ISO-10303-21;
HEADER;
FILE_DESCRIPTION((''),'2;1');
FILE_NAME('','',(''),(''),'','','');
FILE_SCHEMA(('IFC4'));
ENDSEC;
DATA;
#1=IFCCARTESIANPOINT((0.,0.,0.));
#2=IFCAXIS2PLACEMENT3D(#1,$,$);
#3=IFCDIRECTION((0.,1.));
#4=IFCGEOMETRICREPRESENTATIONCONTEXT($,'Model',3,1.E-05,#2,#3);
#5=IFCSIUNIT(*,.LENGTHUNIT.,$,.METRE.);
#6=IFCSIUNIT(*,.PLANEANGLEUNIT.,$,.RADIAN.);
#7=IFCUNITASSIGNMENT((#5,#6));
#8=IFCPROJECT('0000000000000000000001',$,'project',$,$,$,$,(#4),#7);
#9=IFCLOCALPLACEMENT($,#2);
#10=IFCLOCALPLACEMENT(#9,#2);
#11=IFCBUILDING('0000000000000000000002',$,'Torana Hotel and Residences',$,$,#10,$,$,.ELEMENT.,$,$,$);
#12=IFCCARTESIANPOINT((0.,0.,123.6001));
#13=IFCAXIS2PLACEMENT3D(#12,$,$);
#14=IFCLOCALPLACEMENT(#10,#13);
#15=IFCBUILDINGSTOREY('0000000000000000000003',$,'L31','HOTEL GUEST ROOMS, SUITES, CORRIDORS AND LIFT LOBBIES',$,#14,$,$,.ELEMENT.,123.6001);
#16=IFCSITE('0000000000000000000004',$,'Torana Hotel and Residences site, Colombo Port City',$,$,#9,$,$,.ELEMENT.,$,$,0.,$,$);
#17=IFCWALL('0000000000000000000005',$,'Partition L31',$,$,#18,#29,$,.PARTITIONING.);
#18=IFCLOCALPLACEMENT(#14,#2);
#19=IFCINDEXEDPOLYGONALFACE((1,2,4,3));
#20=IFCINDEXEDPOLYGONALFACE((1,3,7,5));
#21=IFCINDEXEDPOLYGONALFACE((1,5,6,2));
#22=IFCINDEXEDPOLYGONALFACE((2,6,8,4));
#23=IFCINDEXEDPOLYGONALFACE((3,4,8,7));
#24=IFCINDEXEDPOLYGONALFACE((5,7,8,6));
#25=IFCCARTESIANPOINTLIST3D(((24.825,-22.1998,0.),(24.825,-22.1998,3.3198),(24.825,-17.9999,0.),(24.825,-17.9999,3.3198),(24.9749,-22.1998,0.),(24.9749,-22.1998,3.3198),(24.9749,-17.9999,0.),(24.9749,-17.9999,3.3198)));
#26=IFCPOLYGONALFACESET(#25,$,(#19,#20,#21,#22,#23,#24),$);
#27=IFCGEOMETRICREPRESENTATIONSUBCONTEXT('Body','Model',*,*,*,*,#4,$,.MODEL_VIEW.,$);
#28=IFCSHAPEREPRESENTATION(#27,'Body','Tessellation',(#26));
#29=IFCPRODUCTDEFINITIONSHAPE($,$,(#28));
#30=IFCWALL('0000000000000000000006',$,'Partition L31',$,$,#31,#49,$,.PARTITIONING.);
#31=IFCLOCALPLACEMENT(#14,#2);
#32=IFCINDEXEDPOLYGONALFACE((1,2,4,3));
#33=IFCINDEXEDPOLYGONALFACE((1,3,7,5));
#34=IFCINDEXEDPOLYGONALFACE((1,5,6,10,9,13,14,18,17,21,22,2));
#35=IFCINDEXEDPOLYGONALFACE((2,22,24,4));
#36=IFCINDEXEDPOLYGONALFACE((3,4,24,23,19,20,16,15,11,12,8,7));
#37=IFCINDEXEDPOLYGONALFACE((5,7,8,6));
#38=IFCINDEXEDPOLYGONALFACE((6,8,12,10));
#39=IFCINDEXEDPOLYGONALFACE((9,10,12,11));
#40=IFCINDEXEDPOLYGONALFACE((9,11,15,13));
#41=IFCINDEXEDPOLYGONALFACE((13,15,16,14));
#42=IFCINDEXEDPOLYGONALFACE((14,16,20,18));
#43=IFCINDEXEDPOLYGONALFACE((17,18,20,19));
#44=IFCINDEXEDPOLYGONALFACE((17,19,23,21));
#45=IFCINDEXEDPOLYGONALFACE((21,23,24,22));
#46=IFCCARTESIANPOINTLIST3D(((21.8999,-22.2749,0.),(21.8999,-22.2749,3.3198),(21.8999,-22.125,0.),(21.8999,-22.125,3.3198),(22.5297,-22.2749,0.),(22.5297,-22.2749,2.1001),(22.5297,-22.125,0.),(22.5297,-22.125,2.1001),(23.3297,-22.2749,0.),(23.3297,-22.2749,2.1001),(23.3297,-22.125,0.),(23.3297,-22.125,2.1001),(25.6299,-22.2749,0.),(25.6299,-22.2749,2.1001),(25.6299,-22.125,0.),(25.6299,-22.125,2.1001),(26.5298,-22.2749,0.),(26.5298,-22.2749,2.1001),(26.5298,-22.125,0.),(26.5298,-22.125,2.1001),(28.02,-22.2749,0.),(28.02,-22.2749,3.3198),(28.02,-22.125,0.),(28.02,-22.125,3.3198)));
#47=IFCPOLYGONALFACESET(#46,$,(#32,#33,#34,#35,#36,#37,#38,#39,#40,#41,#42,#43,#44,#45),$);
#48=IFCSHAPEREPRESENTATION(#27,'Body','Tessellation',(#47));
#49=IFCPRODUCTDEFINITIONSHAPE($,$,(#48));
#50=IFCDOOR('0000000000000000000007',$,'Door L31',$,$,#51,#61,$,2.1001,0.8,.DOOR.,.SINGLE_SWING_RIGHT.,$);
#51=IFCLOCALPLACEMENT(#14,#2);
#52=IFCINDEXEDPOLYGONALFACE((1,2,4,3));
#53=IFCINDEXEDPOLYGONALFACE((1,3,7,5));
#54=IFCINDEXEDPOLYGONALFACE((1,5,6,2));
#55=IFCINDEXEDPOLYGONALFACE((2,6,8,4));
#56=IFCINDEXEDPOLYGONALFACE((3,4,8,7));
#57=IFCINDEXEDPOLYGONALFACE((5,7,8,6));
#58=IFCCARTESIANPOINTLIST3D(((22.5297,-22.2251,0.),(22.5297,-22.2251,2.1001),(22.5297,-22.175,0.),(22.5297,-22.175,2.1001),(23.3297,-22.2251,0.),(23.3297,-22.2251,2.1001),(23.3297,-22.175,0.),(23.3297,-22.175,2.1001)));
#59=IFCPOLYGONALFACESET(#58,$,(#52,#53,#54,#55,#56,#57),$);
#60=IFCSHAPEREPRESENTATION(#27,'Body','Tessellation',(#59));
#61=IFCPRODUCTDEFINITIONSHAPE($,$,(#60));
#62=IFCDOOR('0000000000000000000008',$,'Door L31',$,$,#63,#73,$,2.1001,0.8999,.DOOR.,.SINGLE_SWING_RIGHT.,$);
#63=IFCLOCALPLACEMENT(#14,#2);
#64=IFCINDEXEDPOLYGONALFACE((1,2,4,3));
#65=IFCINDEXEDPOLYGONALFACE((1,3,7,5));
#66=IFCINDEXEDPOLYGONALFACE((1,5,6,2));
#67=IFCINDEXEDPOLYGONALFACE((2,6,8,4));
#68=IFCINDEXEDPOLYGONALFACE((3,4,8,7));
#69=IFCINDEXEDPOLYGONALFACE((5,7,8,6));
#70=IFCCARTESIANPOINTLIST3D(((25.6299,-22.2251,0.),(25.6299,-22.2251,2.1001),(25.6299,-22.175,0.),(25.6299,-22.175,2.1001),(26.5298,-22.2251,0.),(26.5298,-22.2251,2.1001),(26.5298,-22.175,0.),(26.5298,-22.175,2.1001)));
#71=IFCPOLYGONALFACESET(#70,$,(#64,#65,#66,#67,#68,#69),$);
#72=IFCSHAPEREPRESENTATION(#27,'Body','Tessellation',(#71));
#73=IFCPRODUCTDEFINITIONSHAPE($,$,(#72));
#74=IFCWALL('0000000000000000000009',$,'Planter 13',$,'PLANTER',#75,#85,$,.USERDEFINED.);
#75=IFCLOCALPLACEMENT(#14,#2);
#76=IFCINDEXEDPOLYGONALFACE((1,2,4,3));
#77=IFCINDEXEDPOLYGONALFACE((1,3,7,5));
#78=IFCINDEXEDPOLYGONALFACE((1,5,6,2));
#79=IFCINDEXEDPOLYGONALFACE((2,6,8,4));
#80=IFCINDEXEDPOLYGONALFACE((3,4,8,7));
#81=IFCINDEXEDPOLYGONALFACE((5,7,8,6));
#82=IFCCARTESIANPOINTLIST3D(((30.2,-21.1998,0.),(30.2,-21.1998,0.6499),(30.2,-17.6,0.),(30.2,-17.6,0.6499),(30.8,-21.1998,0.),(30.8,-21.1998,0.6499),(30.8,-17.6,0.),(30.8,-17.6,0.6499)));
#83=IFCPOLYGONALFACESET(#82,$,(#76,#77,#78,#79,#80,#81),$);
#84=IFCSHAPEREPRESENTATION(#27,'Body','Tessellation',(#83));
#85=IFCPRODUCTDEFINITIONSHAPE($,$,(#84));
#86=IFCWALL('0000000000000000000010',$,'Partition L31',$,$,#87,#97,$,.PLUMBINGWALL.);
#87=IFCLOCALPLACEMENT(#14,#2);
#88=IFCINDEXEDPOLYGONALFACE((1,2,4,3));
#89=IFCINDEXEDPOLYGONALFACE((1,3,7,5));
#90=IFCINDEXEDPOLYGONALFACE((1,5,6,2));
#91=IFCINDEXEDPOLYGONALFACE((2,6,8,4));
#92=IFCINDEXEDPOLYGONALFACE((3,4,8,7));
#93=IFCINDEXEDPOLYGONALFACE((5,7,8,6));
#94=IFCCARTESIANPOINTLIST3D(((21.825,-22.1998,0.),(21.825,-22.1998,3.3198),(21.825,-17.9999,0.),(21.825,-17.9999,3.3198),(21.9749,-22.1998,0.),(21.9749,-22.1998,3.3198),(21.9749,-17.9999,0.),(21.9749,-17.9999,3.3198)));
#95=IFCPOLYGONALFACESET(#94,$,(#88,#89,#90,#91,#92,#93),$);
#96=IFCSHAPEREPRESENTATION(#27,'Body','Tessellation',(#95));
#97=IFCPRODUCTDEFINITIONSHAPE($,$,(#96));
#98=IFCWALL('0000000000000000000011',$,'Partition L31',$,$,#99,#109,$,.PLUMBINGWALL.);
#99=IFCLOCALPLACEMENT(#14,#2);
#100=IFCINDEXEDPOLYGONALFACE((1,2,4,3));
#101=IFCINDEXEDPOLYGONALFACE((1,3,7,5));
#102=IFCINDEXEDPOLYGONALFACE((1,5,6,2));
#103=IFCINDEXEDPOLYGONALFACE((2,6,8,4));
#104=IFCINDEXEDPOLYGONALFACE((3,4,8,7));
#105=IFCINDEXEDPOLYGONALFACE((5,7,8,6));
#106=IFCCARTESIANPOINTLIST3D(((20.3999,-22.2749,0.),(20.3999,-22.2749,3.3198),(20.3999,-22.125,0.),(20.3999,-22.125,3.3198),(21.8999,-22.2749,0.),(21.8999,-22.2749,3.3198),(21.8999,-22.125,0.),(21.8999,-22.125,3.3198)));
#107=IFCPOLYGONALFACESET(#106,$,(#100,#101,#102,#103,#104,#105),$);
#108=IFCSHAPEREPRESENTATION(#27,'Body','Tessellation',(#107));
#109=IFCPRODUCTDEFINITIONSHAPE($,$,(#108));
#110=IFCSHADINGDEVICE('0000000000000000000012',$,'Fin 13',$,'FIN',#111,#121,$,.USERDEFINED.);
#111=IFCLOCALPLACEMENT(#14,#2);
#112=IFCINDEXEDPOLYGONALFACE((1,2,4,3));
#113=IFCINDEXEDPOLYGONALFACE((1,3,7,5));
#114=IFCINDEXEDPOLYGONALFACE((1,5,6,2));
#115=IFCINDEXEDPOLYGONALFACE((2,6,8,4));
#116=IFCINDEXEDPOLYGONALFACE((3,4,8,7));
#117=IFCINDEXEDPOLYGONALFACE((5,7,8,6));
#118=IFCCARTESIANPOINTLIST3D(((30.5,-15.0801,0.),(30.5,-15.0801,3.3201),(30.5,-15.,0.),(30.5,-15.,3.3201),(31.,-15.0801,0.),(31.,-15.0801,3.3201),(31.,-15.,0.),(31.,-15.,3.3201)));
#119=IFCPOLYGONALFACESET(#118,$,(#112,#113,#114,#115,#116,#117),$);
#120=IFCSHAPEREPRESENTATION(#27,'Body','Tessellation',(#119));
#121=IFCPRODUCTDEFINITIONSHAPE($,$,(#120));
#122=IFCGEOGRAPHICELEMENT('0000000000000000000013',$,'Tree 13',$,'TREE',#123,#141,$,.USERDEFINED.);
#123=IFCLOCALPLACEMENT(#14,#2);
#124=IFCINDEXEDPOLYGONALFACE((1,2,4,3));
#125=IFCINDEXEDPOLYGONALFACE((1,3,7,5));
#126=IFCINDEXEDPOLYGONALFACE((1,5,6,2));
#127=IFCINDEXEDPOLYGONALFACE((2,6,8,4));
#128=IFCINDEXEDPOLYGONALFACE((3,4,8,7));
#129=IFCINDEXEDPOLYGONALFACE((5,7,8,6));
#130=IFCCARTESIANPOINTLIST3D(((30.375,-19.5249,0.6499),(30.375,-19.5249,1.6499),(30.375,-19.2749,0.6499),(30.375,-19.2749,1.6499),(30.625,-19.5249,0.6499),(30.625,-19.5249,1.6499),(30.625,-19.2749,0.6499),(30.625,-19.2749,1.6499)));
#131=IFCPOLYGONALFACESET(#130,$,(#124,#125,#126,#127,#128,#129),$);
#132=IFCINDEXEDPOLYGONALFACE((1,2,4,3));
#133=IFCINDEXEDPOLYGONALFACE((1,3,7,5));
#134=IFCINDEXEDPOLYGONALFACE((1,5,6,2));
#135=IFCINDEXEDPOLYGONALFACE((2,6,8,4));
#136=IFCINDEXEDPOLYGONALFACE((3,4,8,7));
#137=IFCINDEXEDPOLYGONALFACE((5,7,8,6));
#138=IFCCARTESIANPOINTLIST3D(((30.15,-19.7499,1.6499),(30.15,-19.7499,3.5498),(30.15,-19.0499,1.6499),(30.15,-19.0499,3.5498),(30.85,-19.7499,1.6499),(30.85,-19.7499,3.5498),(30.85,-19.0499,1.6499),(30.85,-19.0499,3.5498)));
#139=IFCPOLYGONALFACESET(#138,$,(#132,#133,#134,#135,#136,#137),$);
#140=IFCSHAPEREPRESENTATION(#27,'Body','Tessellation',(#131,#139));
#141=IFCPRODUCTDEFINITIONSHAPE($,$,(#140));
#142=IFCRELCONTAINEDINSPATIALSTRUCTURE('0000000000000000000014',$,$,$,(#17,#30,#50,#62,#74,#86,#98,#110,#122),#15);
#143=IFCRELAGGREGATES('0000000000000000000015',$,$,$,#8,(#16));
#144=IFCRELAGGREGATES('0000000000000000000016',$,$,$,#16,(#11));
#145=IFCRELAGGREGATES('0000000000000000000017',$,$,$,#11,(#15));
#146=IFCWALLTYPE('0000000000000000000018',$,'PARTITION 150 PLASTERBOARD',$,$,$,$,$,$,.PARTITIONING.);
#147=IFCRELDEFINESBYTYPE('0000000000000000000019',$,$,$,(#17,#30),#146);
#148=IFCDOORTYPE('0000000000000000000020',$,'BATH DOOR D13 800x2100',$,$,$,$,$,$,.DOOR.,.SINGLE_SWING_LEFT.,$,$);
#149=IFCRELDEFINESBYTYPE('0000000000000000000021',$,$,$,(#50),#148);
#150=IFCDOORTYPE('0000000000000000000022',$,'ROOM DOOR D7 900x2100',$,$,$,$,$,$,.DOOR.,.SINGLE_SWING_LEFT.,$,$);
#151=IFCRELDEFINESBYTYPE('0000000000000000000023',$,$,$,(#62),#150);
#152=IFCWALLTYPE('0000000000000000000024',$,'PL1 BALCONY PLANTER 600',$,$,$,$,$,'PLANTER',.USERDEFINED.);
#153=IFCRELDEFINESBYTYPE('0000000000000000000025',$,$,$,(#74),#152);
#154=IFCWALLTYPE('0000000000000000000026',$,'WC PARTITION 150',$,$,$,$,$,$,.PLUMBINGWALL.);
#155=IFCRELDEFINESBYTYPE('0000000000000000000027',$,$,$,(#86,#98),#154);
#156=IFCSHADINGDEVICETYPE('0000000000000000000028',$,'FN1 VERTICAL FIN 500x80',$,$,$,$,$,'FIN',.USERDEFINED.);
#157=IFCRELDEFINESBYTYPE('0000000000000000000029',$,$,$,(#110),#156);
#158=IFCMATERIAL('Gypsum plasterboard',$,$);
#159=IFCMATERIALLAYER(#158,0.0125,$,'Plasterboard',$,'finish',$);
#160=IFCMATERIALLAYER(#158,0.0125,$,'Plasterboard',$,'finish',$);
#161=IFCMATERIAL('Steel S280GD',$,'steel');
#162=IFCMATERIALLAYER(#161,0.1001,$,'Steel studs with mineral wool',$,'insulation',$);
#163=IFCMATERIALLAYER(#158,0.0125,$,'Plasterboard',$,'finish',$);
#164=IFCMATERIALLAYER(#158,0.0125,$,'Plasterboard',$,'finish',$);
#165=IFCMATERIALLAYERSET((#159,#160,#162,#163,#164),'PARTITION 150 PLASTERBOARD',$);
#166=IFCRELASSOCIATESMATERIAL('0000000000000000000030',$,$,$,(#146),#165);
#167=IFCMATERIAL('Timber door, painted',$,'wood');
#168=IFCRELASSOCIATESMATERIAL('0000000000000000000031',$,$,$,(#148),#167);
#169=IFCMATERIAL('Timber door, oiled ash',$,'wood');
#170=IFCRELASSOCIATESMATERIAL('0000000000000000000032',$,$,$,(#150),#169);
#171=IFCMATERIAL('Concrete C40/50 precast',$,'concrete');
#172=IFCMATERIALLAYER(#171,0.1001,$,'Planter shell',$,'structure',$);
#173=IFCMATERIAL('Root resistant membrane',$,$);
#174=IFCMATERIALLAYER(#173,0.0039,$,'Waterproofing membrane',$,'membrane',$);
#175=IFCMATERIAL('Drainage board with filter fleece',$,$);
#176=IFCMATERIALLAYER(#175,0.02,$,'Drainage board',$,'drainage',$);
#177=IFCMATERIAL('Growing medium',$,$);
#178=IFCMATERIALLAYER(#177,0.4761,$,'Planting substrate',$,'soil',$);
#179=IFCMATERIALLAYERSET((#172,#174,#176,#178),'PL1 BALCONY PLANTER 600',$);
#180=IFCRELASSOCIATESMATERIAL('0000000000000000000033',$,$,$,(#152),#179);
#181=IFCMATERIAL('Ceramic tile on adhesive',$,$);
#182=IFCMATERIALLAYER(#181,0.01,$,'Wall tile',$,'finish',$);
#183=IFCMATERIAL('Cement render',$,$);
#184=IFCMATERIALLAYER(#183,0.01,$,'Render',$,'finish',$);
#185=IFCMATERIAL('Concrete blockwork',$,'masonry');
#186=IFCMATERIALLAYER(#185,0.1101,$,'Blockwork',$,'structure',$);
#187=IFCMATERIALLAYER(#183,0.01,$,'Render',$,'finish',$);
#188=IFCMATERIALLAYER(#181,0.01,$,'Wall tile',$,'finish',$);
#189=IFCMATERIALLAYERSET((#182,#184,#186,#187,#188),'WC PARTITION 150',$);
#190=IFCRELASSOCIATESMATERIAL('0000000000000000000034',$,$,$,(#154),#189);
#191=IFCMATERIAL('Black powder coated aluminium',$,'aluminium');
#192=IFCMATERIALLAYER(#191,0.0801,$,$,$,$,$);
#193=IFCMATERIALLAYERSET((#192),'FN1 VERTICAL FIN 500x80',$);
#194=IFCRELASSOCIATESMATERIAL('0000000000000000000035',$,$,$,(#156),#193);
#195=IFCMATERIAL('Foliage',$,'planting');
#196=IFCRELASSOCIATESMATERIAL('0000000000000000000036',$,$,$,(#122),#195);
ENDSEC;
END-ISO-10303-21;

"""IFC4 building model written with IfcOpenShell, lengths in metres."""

from ifc_helpers import new_model, si_unit, direction, frame, frame_2d, origin, origin_2d, place, context, subcontext, project, spatial, rectangle, extrude, material, layer, layer_set, type_object, element, fill, save


model = new_model("IFC4")

# Units and contexts
model_context = context("Model", 3, precision=1e-05, world=origin(), true_north=direction((0.0, 1.0)))
body_context = subcontext(model_context, "Body", "Model", "MODEL_VIEW")
ifc_project = project(units=[si_unit("LENGTHUNIT", "METRE"), si_unit("PLANEANGLEUNIT", "RADIAN")], contexts=[model_context])

# Site, building, storey
site_placement = place(None, origin())
site = spatial("IfcSite", under=ifc_project, at=site_placement, Name="Torana Hotel and Residences site, Colombo Port City", CompositionType="ELEMENT", RefElevation=0.0)
building_placement = place(site_placement, origin())
building = spatial("IfcBuilding", under=site, at=building_placement, Name="Torana Hotel and Residences", CompositionType="ELEMENT")
storey_placement = place(building_placement, frame((0.0, 0.0, 123.6001)))
storey = spatial("IfcBuildingStorey", under=building, at=storey_placement, Name="L31", Description="HOTEL GUEST ROOMS, SUITES, CORRIDORS AND LIFT LOBBIES", CompositionType="ELEMENT", Elevation=123.6001)

# Shared definitions
ifc_material_1 = material(Name="Concrete blockwork", Category="masonry")

# Wall
ifc_material_2 = material(Name="Gypsum plasterboard")
ifc_layer_1 = layer(ifc_material_2, 0.0125, Name="Plasterboard", Category="finish")
ifc_layer_2 = layer(ifc_material_2, 0.0125, Name="Plasterboard", Category="finish")
ifc_material_3 = material(Name="Steel S280GD", Category="steel")
ifc_layer_3 = layer(ifc_material_3, 0.1001, Name="Steel studs with mineral wool", Category="insulation")
ifc_layer_4 = layer(ifc_material_2, 0.0125, Name="Plasterboard", Category="finish")
ifc_layer_5 = layer(ifc_material_2, 0.0125, Name="Plasterboard", Category="finish")
ifc_layer_set_1 = layer_set([ifc_layer_1, ifc_layer_2, ifc_layer_3, ifc_layer_4, ifc_layer_5], Name="PARTITION 150 PLASTERBOARD")
wall_type_1 = type_object("IfcWallType", Name="PARTITION 150 PLASTERBOARD", PredefinedType="PARTITIONING", material=ifc_layer_set_1)
wall_1_placement = place(storey_placement, frame((24.8999, -22.2, 0.0), z_axis=(0.0, 0.0, 1.0), x_axis=(0.0, 1.0, 0.0)))
element("IfcWall", 1, at=wall_1_placement, inside=storey, type_object=wall_type_1, Name="Partition L31", PredefinedType="PARTITIONING", context=body_context, shape_type="SweptSolid", body=[
    extrude(rectangle(XDim=4.2, YDim=0.1499, at=frame_2d((2.1001, 0.0))), origin(), (0.0, 0.0, 1.0), 3.3198),
])

# Wall, openings, doors
wall_2_placement = place(storey_placement, frame((21.8999, -22.2, 0.0), z_axis=(0.0, 0.0, 1.0), x_axis=(1.0, 0.0, 0.0)))
wall_2 = element("IfcWall", 2, at=wall_2_placement, inside=storey, type_object=wall_type_1, Name="Partition L31", PredefinedType="PARTITIONING", context=body_context, shape_type="SweptSolid", body=[
    extrude(rectangle(XDim=6.1201, YDim=0.1499, at=frame_2d((3.0601, 0.0))), origin(), (0.0, 0.0, 1.0), 3.3198),
])
opening_1_placement = place(wall_2_placement, frame((0.6299, 0.0, 0.0)))
opening_1 = element("IfcOpeningElement", 3, at=opening_1_placement, cuts=wall_2, PredefinedType="OPENING", context=body_context, shape_type="SweptSolid", body=[
    extrude(rectangle(XDim=0.8, YDim=2.1001, at=frame_2d((0.3999, 1.05))), frame((0.0, 0.085, 0.0), z_axis=(0.0, -1.0, 0.0), x_axis=(1.0, 0.0, 0.0)), (0.0, 0.0, 1.0), 0.1699),
])
opening_2_placement = place(wall_2_placement, frame((3.73, 0.0, 0.0)))
opening_2 = element("IfcOpeningElement", 4, at=opening_2_placement, cuts=wall_2, PredefinedType="OPENING", context=body_context, shape_type="SweptSolid", body=[
    extrude(rectangle(XDim=0.8999, YDim=2.1001, at=frame_2d((0.45, 1.05))), frame((0.0, 0.085, 0.0), z_axis=(0.0, -1.0, 0.0), x_axis=(1.0, 0.0, 0.0)), (0.0, 0.0, 1.0), 0.1699),
])
ifc_material_4 = material(Name="Timber door, painted", Category="wood")
door_type_1 = type_object("IfcDoorType", Name="BATH DOOR D13 800x2100", OperationType="SINGLE_SWING_LEFT", PredefinedType="DOOR", material=ifc_material_4)
door_1_placement = place(opening_1_placement, origin())
door_1 = element("IfcDoor", 5, at=door_1_placement, inside=storey, type_object=door_type_1, Name="Door L31", OperationType="SINGLE_SWING_RIGHT", OverallHeight=2.1001, OverallWidth=0.8, PredefinedType="DOOR", context=body_context, shape_type="SweptSolid", body=[
    extrude(rectangle(XDim=0.8, YDim=2.1001, at=frame_2d((0.3999, 1.05))), frame((0.0, 0.0249, 0.0), z_axis=(0.0, -1.0, 0.0), x_axis=(1.0, 0.0, 0.0)), (0.0, 0.0, 1.0), 0.05),
])
fill(opening_1, door_1)
ifc_material_5 = material(Name="Timber door, oiled ash", Category="wood")
door_type_2 = type_object("IfcDoorType", Name="ROOM DOOR D7 900x2100", OperationType="SINGLE_SWING_LEFT", PredefinedType="DOOR", material=ifc_material_5)
door_2_placement = place(opening_2_placement, origin())
door_2 = element("IfcDoor", 6, at=door_2_placement, inside=storey, type_object=door_type_2, Name="Door L31", OperationType="SINGLE_SWING_RIGHT", OverallHeight=2.1001, OverallWidth=0.8999, PredefinedType="DOOR", context=body_context, shape_type="SweptSolid", body=[
    extrude(rectangle(XDim=0.8999, YDim=2.1001, at=frame_2d((0.45, 1.05))), frame((0.0, 0.0249, 0.0), z_axis=(0.0, -1.0, 0.0), x_axis=(1.0, 0.0, 0.0)), (0.0, 0.0, 1.0), 0.05),
])
fill(opening_2, door_2)

# Walls
ifc_material_6 = material(Name="Concrete C40/50 precast", Category="concrete")
ifc_layer_6 = layer(ifc_material_6, 0.1001, Name="Planter shell", Category="structure")
ifc_material_7 = material(Name="Root resistant membrane")
ifc_layer_7 = layer(ifc_material_7, 0.0039, Name="Waterproofing membrane", Category="membrane")
ifc_material_8 = material(Name="Drainage board with filter fleece")
ifc_layer_8 = layer(ifc_material_8, 0.02, Name="Drainage board", Category="drainage")
ifc_material_9 = material(Name="Growing medium")
ifc_layer_9 = layer(ifc_material_9, 0.4761, Name="Planting substrate", Category="soil")
ifc_layer_set_2 = layer_set([ifc_layer_6, ifc_layer_7, ifc_layer_8, ifc_layer_9], Name="PL1 BALCONY PLANTER 600")
wall_type_2 = type_object("IfcWallType", Name="PL1 BALCONY PLANTER 600", ElementType="PLANTER", PredefinedType="USERDEFINED", material=ifc_layer_set_2)
wall_3_placement = place(storey_placement, frame((30.5, -17.6001, 0.0), z_axis=(0.0, 0.0, 1.0), x_axis=(0.0, -1.0, 0.0)))
element("IfcWall", 7, at=wall_3_placement, inside=storey, type_object=wall_type_2, Name="Planter 13", ObjectType="PLANTER", PredefinedType="USERDEFINED", context=body_context, shape_type="SweptSolid", body=[
    extrude(rectangle(XDim=3.5999, YDim=0.6001, at=frame_2d((1.7998, 0.0))), origin(), (0.0, 0.0, 1.0), 0.6499),
])
ifc_material_10 = material(Name="Ceramic tile on adhesive")
ifc_layer_10 = layer(ifc_material_10, 0.01, Name="Wall tile", Category="finish")
ifc_material_11 = material(Name="Cement render")
ifc_layer_11 = layer(ifc_material_11, 0.01, Name="Render", Category="finish")
ifc_layer_12 = layer(ifc_material_1, 0.1101, Name="Blockwork", Category="structure")
ifc_layer_13 = layer(ifc_material_11, 0.01, Name="Render", Category="finish")
ifc_layer_14 = layer(ifc_material_10, 0.01, Name="Wall tile", Category="finish")
ifc_layer_set_3 = layer_set([ifc_layer_10, ifc_layer_11, ifc_layer_12, ifc_layer_13, ifc_layer_14], Name="WC PARTITION 150")
wall_type_3 = type_object("IfcWallType", Name="WC PARTITION 150", PredefinedType="PLUMBINGWALL", material=ifc_layer_set_3)
wall_4_placement = place(storey_placement, frame((21.8999, -22.2, 0.0), z_axis=(0.0, 0.0, 1.0), x_axis=(0.0, 1.0, 0.0)))
element("IfcWall", 8, at=wall_4_placement, inside=storey, type_object=wall_type_3, Name="Partition L31", PredefinedType="PLUMBINGWALL", context=body_context, shape_type="SweptSolid", body=[
    extrude(rectangle(XDim=4.2, YDim=0.1499, at=frame_2d((2.1001, 0.0))), origin(), (0.0, 0.0, 1.0), 3.3198),
])
wall_5_placement = place(storey_placement, frame((20.3999, -22.2, 0.0), z_axis=(0.0, 0.0, 1.0), x_axis=(1.0, 0.0, 0.0)))
element("IfcWall", 9, at=wall_5_placement, inside=storey, type_object=wall_type_3, Name="Partition L31", PredefinedType="PLUMBINGWALL", context=body_context, shape_type="SweptSolid", body=[
    extrude(rectangle(XDim=1.5, YDim=0.1499, at=frame_2d((0.75, 0.0))), origin(), (0.0, 0.0, 1.0), 3.3198),
])

# Shading device
ifc_material_12 = material(Name="Black powder coated aluminium", Category="aluminium")
ifc_layer_15 = layer(ifc_material_12, 0.0801)
ifc_layer_set_4 = layer_set([ifc_layer_15], Name="FN1 VERTICAL FIN 500x80")
shading_device_type = type_object("IfcShadingDeviceType", Name="FN1 VERTICAL FIN 500x80", ElementType="FIN", PredefinedType="USERDEFINED", material=ifc_layer_set_4)
shading_device_placement = place(storey_placement, frame((30.75, -15.04, 0.0), z_axis=(0.0, 0.0, 1.0), x_axis=(0.0, -1.0, 0.0)))
element("IfcShadingDevice", 10, at=shading_device_placement, inside=storey, type_object=shading_device_type, Name="Fin 13", ObjectType="FIN", PredefinedType="USERDEFINED", context=body_context, shape_type="SweptSolid", body=[
    extrude(rectangle(XDim=0.0801, YDim=0.5, at=origin_2d()), origin(), (0.0, 0.0, 1.0), 3.3201),
])

# Geographic element
ifc_material_13 = material(Name="Foliage", Category="planting")
geographic_element_placement = place(storey_placement, frame((30.5, -19.3999, 0.6499), z_axis=(0.0, 0.0, 1.0), x_axis=(1.0, 0.0, 0.0)))
element("IfcGeographicElement", 11, at=geographic_element_placement, inside=storey, material=ifc_material_13, Name="Tree 13", ObjectType="TREE", PredefinedType="USERDEFINED", context=body_context, shape_type="SweptSolid", body=[
    extrude(rectangle(XDim=0.25, YDim=0.25, at=origin_2d()), origin(), (0.0, 0.0, 1.0), 1.0),
    extrude(rectangle(XDim=0.7, YDim=0.7, at=origin_2d()), frame((0.0, 0.0, 1.0)), (0.0, 0.0, 1.0), 1.8999),
])

save(model, "model.ifc")
